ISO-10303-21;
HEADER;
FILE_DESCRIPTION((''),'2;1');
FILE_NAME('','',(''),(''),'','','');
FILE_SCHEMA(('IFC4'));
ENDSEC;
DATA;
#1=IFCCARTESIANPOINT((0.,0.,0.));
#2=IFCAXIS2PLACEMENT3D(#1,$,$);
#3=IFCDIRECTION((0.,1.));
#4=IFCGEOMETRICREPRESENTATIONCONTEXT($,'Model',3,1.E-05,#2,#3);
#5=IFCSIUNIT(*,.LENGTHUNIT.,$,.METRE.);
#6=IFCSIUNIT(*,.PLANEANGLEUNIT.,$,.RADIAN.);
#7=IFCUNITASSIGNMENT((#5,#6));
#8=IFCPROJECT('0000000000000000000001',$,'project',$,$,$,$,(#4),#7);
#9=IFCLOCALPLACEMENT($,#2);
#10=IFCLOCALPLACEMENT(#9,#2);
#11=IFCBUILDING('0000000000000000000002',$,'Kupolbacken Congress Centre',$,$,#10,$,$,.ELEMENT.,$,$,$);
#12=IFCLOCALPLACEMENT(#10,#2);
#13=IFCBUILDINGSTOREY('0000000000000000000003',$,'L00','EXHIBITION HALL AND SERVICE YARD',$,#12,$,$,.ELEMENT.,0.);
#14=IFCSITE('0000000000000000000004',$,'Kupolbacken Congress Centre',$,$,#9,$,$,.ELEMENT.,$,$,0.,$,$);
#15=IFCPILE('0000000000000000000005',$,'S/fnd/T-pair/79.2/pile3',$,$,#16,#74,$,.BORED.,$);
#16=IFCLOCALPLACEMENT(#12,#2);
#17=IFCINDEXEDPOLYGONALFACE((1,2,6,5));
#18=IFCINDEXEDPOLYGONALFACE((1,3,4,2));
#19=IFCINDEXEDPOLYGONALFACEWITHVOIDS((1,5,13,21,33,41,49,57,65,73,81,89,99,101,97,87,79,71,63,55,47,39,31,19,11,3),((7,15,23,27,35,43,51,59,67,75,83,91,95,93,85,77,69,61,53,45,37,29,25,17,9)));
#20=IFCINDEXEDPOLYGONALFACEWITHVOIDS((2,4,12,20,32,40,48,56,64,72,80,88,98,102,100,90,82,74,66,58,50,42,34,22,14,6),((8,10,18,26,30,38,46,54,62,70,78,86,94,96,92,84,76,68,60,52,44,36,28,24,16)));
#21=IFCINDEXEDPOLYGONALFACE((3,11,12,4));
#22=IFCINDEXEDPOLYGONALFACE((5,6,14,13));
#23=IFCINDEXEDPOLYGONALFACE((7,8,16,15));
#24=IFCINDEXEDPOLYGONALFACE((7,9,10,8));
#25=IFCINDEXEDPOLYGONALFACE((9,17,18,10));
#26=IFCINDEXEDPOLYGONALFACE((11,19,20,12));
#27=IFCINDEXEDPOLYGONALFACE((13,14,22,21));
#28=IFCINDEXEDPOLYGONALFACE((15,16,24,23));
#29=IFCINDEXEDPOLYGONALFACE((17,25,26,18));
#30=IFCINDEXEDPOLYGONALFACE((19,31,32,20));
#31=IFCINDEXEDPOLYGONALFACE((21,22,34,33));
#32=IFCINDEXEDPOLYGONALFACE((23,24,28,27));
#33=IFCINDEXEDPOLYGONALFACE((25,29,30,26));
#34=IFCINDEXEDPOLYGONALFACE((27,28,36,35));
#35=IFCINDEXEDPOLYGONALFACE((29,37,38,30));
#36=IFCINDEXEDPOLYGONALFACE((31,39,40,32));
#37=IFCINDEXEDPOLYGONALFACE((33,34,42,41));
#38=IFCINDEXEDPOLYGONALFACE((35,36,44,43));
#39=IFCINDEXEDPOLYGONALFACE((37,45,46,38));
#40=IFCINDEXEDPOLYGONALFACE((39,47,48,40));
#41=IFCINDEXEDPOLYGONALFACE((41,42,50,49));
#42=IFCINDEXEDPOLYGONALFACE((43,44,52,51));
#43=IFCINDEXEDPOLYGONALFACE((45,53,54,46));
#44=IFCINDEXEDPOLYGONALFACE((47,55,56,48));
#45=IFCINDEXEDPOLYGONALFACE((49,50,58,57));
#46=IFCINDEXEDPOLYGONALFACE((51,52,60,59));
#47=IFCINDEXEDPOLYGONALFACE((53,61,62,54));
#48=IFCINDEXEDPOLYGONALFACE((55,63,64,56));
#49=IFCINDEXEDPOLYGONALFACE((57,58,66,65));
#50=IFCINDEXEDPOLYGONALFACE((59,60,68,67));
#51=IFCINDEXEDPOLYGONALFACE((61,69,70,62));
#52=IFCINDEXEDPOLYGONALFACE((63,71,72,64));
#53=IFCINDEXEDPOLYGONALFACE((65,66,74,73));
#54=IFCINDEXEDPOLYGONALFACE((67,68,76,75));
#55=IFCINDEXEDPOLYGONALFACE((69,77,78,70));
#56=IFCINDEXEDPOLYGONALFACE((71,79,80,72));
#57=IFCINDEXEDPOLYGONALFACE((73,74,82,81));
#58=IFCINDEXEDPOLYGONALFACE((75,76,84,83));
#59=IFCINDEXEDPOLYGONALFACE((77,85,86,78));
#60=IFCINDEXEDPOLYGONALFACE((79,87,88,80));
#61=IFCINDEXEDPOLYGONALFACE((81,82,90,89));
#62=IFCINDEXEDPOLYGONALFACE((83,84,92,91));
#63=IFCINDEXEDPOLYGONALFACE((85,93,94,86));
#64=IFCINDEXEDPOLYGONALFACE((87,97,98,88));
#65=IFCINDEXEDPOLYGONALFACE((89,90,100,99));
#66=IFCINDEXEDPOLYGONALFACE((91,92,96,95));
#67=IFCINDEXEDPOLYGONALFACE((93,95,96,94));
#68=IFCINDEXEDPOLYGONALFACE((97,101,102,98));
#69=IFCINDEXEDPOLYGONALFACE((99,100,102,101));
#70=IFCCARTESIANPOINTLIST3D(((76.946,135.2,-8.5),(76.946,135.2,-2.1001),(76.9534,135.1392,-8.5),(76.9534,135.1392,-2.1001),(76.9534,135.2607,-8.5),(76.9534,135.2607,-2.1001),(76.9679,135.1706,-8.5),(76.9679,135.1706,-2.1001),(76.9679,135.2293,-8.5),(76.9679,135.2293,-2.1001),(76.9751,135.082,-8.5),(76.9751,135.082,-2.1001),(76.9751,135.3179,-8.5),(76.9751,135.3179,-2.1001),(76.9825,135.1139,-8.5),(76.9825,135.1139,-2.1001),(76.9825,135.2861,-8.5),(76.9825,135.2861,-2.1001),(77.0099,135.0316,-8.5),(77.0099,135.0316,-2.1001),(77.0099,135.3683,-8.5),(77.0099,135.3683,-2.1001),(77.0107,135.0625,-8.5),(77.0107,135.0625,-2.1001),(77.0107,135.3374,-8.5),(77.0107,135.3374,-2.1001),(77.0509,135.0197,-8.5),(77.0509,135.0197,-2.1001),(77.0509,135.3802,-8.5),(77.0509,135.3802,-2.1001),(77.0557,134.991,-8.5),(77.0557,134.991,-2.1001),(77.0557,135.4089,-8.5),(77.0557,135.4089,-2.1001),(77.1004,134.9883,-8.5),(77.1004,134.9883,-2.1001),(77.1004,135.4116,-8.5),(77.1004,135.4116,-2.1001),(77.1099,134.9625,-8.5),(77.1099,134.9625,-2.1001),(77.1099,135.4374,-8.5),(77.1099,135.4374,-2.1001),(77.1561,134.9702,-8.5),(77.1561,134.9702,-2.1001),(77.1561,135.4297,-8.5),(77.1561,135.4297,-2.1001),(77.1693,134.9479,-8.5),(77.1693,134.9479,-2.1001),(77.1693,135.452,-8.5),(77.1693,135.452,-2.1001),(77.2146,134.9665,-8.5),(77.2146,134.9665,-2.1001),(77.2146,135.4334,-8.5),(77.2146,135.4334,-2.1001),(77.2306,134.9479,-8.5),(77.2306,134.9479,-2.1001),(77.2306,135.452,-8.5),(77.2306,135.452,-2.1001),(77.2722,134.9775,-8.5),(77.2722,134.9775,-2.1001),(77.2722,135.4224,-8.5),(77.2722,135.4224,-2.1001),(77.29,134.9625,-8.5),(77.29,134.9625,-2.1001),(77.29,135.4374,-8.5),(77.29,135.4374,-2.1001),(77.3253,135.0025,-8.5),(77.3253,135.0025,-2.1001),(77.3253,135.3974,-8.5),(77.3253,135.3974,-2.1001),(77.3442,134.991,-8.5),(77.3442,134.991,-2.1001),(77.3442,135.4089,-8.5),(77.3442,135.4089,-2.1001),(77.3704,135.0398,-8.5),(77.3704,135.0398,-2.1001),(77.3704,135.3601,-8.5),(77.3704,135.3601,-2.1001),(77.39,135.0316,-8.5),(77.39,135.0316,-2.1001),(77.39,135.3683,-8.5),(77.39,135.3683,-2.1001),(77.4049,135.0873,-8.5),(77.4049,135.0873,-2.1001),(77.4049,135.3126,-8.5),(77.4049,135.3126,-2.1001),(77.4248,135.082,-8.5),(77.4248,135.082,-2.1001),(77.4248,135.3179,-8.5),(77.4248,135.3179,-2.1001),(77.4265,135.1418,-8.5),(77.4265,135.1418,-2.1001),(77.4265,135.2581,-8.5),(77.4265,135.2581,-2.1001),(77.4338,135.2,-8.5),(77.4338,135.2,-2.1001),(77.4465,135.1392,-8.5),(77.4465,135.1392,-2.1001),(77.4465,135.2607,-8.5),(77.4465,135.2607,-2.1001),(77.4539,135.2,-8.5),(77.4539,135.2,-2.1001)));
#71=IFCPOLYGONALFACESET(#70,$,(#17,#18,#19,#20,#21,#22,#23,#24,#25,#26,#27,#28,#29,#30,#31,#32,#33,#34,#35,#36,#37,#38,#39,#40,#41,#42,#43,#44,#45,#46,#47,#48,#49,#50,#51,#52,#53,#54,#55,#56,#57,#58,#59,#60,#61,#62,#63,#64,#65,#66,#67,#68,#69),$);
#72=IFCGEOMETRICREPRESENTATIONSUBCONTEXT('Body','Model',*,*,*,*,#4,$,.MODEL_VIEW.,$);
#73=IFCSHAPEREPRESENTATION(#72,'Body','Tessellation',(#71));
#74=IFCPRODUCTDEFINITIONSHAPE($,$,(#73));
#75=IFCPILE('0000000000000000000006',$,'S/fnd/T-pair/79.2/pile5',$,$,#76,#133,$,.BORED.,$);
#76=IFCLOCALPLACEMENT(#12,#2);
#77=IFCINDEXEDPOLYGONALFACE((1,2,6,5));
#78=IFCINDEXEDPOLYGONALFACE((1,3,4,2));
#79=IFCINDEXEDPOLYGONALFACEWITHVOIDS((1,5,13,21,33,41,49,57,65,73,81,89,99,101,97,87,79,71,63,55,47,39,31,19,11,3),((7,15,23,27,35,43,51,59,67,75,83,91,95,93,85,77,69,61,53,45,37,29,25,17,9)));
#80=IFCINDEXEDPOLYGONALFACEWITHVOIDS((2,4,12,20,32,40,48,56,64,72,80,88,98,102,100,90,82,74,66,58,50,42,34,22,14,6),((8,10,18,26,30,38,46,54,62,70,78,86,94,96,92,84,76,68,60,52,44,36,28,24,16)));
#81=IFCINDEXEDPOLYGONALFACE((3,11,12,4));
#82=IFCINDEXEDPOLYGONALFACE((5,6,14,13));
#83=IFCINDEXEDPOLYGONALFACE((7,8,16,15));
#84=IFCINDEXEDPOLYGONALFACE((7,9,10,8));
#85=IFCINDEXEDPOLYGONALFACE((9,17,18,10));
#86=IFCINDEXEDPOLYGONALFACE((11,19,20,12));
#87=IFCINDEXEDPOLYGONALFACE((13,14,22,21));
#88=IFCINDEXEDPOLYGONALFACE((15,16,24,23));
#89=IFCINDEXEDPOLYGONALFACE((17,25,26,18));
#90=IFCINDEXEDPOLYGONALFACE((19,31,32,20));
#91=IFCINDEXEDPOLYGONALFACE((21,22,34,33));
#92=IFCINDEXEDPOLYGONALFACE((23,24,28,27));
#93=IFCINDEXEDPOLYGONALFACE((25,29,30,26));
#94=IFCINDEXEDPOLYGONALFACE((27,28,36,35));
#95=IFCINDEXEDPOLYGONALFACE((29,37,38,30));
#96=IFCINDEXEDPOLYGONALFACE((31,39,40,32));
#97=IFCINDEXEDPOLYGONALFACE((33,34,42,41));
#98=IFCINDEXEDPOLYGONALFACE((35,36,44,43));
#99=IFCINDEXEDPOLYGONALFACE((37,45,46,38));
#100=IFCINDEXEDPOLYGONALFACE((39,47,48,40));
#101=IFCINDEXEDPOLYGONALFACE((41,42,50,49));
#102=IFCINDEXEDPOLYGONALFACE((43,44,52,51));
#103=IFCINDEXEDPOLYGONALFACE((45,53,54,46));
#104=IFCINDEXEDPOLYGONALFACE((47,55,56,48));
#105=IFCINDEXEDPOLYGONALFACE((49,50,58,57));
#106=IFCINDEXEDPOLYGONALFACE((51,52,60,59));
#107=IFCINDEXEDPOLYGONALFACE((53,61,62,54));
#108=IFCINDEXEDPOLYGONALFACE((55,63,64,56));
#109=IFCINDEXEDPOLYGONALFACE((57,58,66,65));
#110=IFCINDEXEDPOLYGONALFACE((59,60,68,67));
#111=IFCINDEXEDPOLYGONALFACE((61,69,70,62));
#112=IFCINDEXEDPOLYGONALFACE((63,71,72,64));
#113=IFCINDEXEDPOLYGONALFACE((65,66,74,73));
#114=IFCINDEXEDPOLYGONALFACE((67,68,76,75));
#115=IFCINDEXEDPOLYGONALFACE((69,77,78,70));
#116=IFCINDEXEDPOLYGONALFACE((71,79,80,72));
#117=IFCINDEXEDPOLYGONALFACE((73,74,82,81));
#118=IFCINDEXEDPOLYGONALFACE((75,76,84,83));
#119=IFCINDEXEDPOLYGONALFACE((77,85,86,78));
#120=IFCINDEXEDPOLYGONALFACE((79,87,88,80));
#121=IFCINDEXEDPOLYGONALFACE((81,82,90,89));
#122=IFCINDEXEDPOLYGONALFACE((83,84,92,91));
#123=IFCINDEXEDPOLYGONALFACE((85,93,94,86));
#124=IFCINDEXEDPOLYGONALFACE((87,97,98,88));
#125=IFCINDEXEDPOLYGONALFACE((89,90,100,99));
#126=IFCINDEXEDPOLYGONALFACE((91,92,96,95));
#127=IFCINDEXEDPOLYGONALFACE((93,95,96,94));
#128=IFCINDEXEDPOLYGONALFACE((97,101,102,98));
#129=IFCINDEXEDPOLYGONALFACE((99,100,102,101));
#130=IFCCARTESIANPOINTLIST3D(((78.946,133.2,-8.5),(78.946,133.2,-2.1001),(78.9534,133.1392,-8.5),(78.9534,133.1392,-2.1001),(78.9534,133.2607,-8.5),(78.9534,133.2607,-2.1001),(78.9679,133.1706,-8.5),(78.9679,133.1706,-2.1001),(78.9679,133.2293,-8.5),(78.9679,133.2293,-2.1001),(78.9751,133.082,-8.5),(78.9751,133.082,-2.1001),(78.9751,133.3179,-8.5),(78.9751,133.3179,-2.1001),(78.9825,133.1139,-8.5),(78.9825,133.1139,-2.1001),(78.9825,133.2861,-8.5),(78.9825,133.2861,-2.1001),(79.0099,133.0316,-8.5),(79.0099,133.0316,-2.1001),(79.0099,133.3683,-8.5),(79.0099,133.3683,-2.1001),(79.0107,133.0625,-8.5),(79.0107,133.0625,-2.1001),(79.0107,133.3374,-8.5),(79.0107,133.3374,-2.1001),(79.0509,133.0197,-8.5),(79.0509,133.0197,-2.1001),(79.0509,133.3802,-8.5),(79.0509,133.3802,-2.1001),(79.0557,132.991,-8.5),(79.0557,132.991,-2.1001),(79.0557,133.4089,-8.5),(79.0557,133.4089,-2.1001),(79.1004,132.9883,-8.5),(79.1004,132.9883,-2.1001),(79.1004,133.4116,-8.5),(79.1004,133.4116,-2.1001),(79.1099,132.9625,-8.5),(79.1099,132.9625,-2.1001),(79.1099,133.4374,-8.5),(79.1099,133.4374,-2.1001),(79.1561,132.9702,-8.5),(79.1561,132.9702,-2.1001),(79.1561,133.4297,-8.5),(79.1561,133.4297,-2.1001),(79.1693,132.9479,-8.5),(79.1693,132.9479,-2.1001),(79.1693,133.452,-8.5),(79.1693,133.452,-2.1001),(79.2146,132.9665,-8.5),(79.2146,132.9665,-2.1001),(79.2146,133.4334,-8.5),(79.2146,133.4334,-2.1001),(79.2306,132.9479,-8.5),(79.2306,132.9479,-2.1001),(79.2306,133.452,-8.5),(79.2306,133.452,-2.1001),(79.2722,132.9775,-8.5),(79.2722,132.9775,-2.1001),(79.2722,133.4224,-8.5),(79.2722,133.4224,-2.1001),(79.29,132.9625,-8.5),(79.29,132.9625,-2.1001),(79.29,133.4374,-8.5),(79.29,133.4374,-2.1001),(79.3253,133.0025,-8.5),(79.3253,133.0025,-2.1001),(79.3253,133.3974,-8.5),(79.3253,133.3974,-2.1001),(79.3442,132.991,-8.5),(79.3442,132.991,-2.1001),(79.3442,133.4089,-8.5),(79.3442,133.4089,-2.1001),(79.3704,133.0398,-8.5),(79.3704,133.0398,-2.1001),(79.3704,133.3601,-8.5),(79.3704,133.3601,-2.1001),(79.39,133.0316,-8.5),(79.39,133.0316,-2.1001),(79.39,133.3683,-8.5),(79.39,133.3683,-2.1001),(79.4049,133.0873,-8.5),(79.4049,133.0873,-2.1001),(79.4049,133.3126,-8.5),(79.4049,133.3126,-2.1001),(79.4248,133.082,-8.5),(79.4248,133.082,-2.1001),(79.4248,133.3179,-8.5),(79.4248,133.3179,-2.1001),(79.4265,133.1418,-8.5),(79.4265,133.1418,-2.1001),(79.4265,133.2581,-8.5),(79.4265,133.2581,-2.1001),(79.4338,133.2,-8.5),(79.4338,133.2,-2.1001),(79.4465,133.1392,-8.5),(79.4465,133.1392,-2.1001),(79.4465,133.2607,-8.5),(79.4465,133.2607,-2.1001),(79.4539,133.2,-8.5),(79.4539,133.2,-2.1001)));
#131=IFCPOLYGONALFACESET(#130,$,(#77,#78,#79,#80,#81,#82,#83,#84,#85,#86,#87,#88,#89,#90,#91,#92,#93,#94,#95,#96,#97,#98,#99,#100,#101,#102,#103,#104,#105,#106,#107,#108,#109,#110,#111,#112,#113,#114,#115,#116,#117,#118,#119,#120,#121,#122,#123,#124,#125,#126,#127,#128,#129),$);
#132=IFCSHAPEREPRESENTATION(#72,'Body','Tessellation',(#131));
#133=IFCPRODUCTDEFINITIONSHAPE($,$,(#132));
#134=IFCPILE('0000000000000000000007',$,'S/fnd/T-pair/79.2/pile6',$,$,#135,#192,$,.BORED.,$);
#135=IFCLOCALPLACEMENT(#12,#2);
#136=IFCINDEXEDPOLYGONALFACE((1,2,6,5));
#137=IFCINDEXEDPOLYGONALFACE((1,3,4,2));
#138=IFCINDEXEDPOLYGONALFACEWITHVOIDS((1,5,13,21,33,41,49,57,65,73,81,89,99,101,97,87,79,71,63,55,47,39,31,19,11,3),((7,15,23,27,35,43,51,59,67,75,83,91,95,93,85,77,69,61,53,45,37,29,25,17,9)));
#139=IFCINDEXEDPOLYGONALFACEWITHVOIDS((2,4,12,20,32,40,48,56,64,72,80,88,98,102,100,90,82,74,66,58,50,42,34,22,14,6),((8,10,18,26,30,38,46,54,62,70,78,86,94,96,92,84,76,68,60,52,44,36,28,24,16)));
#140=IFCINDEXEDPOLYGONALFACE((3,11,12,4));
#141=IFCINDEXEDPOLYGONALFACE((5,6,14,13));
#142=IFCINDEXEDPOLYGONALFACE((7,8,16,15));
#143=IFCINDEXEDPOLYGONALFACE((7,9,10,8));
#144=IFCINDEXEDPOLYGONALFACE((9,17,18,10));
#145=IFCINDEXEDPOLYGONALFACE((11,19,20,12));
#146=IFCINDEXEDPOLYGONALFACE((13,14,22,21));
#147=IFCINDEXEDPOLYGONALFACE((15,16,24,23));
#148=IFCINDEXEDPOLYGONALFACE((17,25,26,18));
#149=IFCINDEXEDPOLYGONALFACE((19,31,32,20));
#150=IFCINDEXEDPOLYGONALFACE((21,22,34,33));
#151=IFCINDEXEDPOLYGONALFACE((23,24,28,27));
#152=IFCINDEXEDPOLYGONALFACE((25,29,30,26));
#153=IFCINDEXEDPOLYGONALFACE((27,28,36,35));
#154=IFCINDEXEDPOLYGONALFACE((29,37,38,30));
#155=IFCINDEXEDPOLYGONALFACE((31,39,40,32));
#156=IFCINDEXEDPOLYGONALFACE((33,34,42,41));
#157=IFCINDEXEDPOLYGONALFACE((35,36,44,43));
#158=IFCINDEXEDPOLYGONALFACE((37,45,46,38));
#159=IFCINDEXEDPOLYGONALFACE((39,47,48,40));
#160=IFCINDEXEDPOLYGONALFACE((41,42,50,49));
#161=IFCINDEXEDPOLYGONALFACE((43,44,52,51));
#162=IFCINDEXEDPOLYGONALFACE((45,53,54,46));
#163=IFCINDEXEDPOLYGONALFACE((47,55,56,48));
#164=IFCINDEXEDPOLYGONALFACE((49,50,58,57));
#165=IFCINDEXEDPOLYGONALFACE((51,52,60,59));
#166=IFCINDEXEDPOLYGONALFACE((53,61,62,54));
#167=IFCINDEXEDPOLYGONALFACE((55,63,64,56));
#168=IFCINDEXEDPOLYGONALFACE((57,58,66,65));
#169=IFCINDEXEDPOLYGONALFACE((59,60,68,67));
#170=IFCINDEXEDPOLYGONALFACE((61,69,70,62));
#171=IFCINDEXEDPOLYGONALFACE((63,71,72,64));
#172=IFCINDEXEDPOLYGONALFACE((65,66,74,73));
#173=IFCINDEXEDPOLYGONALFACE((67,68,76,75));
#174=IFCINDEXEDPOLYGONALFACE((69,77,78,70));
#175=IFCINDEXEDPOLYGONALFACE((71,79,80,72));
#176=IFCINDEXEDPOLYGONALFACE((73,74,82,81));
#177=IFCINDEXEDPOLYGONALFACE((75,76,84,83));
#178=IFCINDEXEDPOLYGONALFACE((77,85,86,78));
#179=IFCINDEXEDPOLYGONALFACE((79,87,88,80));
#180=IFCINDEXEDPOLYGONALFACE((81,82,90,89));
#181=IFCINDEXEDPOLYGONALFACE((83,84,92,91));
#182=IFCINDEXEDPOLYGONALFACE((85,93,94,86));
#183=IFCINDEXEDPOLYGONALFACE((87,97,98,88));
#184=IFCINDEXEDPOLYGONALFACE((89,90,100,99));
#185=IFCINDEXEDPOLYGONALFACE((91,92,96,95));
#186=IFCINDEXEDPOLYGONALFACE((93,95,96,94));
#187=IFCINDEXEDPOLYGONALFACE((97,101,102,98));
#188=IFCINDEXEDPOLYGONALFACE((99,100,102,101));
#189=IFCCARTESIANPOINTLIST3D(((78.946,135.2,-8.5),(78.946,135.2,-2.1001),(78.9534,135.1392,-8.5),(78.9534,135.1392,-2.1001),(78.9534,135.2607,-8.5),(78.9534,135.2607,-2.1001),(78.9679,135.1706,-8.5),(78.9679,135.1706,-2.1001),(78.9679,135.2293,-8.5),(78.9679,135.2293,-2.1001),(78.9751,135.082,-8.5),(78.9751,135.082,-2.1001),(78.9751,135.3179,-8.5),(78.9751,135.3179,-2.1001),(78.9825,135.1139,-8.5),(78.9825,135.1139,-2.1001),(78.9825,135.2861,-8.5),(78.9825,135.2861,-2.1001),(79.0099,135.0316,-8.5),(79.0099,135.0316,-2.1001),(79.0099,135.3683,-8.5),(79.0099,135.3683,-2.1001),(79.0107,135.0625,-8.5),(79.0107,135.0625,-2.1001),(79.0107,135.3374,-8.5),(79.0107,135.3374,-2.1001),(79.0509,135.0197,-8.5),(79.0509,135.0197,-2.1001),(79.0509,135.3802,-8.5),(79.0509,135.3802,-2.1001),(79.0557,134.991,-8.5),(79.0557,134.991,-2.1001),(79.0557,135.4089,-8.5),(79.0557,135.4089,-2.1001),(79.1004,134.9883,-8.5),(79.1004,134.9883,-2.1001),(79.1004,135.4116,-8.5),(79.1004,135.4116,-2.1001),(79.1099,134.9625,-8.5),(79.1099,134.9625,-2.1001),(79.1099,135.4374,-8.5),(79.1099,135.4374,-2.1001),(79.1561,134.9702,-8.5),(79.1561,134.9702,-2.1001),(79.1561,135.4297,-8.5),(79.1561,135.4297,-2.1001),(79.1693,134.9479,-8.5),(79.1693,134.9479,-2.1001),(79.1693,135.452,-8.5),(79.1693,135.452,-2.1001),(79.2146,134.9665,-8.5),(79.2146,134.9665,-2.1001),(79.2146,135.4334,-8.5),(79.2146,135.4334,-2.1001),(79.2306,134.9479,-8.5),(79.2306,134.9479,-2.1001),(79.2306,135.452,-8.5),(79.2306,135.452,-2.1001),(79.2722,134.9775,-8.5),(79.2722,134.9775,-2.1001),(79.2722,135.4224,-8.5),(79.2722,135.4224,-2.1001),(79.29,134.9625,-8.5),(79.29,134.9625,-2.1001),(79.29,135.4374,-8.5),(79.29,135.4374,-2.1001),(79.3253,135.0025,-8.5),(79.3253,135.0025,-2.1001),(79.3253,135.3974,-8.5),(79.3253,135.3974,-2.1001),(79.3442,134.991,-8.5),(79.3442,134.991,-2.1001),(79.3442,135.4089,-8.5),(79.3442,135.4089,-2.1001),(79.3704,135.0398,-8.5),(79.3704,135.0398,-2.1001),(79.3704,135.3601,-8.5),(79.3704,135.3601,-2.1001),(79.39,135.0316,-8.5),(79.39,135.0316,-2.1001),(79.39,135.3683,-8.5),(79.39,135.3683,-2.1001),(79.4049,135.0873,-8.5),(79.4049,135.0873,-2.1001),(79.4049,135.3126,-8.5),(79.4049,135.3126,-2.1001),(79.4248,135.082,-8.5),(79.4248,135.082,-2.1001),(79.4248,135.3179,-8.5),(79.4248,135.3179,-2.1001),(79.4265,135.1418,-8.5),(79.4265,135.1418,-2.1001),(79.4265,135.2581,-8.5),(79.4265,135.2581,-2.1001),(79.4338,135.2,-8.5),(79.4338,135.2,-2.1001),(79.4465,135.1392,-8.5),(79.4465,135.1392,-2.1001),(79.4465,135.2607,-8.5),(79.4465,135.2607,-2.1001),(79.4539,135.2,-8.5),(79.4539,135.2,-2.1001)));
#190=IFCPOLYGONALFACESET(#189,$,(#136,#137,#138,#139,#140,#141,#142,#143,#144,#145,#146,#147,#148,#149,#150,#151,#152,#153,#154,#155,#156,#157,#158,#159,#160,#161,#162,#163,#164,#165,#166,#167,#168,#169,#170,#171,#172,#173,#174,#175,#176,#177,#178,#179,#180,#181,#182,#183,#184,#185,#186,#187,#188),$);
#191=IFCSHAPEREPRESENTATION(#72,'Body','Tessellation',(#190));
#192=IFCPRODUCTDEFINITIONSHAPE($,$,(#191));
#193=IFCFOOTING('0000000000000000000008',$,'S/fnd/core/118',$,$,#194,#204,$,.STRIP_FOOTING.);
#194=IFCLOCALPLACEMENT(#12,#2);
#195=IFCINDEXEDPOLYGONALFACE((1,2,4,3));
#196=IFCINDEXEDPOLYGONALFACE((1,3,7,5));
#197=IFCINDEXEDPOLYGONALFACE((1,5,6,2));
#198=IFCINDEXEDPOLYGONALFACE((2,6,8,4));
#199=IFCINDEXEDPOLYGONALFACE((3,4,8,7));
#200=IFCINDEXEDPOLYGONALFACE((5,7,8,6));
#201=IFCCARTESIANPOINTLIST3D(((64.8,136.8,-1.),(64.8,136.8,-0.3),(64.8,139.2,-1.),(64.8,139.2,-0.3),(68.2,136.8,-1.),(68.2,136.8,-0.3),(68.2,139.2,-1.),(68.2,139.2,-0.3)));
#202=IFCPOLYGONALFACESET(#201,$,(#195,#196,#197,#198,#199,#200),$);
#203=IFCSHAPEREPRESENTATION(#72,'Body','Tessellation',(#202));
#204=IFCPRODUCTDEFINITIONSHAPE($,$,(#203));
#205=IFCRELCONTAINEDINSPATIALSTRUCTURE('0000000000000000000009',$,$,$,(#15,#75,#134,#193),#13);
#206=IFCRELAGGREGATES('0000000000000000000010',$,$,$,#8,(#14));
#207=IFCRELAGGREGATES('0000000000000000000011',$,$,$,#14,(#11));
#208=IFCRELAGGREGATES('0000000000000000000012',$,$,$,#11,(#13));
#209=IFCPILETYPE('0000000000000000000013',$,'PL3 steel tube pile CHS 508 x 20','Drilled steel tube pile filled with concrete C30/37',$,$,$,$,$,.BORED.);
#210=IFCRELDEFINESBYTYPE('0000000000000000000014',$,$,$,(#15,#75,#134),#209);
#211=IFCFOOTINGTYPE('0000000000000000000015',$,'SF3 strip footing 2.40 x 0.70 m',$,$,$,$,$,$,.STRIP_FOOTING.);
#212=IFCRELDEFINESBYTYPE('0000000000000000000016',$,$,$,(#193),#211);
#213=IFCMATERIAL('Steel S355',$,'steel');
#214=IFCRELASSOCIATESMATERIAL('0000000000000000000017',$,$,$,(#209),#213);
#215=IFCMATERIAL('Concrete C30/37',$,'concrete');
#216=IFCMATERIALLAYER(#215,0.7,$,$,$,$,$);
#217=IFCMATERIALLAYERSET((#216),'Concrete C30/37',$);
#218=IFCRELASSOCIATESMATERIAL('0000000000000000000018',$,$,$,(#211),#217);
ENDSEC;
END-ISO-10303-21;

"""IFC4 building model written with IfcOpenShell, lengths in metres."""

from ifc_helpers import new_model, si_unit, direction, frame, origin, origin_2d, place, context, subcontext, project, spatial, rectangle, hollow_circle, extrude, material, layer, layer_set, material_profile, profile_set, type_object, element, save


model = new_model("IFC4")

# Units and contexts
model_context = context("Model", 3, precision=1e-05, world=origin(), true_north=direction((0.0, 1.0)))
body_context = subcontext(model_context, "Body", "Model", "MODEL_VIEW")
ifc_project = project(units=[si_unit("LENGTHUNIT", "METRE"), si_unit("PLANEANGLEUNIT", "RADIAN")], contexts=[model_context])

# Site, building, storey
site_placement = place(None, origin())
site = spatial("IfcSite", under=ifc_project, at=site_placement, Name="Kupolbacken Congress Centre", CompositionType="ELEMENT", RefElevation=0.0)
building_placement = place(site_placement, origin())
building = spatial("IfcBuilding", under=site, at=building_placement, Name="Kupolbacken Congress Centre", CompositionType="ELEMENT")
storey_placement = place(building_placement, origin())
storey = spatial("IfcBuildingStorey", under=building, at=storey_placement, Name="L00", Description="EXHIBITION HALL AND SERVICE YARD", CompositionType="ELEMENT", Elevation=0.0)

# Piles
ifc_material_1 = material(Name="Steel S355", Category="steel")
ifc_material_profile_1 = material_profile(ifc_material_1, hollow_circle(Radius=0.2539, WallThickness=0.02, at=origin_2d()), Name="CHS 508 x 20")
ifc_profile_set_1 = profile_set([ifc_material_profile_1], Name="Steel S355")
pile_type = type_object("IfcPileType", Name="PL3 steel tube pile CHS 508 x 20", Description="Drilled steel tube pile filled with concrete C30/37", PredefinedType="BORED", material=ifc_profile_set_1)
for number, where, z_axis, x_axis, name in (
    (1, (77.2, 135.2, -2.1001), (0.0, 0.0, -1.0), (1.0, 0.0, 0.0), "S/fnd/T-pair/79.2/pile3"),
    (2, (79.2, 133.2, -2.1001), (0.0, 0.0, -1.0), (1.0, 0.0, 0.0), "S/fnd/T-pair/79.2/pile5"),
    (3, (79.2, 135.2, -2.1001), (0.0, 0.0, -1.0), (1.0, 0.0, 0.0), "S/fnd/T-pair/79.2/pile6"),
):
    element("IfcPile", number, at=place(storey_placement, frame(where, z_axis=z_axis, x_axis=x_axis)), inside=storey, type_object=pile_type, Name=name, PredefinedType="BORED", context=body_context, shape_type="SweptSolid", body=[
        extrude(hollow_circle(Radius=0.2539, WallThickness=0.02, at=origin_2d()), origin(), (0.0, 0.0, 1.0), 6.3999),
    ])

# Footing
ifc_material_2 = material(Name="Concrete C30/37", Category="concrete")
ifc_layer_1 = layer(ifc_material_2, 0.7)
ifc_layer_set_1 = layer_set([ifc_layer_1], Name="Concrete C30/37")
footing_type_1 = type_object("IfcFootingType", Name="SF3 strip footing 2.40 x 0.70 m", PredefinedType="STRIP_FOOTING", material=ifc_layer_set_1)
footing_1_placement = place(storey_placement, frame((66.5, 138.0, -1.0), z_axis=(0.0, 0.0, 1.0), x_axis=(1.0, 0.0, 0.0)))
element("IfcFooting", 4, at=footing_1_placement, inside=storey, type_object=footing_type_1, Name="S/fnd/core/118", PredefinedType="STRIP_FOOTING", context=body_context, shape_type="SweptSolid", body=[
    extrude(rectangle(XDim=3.3999, YDim=2.3999, at=origin_2d()), origin(), (0.0, 0.0, 1.0), 0.7),
])

save(model, "model.ifc")
